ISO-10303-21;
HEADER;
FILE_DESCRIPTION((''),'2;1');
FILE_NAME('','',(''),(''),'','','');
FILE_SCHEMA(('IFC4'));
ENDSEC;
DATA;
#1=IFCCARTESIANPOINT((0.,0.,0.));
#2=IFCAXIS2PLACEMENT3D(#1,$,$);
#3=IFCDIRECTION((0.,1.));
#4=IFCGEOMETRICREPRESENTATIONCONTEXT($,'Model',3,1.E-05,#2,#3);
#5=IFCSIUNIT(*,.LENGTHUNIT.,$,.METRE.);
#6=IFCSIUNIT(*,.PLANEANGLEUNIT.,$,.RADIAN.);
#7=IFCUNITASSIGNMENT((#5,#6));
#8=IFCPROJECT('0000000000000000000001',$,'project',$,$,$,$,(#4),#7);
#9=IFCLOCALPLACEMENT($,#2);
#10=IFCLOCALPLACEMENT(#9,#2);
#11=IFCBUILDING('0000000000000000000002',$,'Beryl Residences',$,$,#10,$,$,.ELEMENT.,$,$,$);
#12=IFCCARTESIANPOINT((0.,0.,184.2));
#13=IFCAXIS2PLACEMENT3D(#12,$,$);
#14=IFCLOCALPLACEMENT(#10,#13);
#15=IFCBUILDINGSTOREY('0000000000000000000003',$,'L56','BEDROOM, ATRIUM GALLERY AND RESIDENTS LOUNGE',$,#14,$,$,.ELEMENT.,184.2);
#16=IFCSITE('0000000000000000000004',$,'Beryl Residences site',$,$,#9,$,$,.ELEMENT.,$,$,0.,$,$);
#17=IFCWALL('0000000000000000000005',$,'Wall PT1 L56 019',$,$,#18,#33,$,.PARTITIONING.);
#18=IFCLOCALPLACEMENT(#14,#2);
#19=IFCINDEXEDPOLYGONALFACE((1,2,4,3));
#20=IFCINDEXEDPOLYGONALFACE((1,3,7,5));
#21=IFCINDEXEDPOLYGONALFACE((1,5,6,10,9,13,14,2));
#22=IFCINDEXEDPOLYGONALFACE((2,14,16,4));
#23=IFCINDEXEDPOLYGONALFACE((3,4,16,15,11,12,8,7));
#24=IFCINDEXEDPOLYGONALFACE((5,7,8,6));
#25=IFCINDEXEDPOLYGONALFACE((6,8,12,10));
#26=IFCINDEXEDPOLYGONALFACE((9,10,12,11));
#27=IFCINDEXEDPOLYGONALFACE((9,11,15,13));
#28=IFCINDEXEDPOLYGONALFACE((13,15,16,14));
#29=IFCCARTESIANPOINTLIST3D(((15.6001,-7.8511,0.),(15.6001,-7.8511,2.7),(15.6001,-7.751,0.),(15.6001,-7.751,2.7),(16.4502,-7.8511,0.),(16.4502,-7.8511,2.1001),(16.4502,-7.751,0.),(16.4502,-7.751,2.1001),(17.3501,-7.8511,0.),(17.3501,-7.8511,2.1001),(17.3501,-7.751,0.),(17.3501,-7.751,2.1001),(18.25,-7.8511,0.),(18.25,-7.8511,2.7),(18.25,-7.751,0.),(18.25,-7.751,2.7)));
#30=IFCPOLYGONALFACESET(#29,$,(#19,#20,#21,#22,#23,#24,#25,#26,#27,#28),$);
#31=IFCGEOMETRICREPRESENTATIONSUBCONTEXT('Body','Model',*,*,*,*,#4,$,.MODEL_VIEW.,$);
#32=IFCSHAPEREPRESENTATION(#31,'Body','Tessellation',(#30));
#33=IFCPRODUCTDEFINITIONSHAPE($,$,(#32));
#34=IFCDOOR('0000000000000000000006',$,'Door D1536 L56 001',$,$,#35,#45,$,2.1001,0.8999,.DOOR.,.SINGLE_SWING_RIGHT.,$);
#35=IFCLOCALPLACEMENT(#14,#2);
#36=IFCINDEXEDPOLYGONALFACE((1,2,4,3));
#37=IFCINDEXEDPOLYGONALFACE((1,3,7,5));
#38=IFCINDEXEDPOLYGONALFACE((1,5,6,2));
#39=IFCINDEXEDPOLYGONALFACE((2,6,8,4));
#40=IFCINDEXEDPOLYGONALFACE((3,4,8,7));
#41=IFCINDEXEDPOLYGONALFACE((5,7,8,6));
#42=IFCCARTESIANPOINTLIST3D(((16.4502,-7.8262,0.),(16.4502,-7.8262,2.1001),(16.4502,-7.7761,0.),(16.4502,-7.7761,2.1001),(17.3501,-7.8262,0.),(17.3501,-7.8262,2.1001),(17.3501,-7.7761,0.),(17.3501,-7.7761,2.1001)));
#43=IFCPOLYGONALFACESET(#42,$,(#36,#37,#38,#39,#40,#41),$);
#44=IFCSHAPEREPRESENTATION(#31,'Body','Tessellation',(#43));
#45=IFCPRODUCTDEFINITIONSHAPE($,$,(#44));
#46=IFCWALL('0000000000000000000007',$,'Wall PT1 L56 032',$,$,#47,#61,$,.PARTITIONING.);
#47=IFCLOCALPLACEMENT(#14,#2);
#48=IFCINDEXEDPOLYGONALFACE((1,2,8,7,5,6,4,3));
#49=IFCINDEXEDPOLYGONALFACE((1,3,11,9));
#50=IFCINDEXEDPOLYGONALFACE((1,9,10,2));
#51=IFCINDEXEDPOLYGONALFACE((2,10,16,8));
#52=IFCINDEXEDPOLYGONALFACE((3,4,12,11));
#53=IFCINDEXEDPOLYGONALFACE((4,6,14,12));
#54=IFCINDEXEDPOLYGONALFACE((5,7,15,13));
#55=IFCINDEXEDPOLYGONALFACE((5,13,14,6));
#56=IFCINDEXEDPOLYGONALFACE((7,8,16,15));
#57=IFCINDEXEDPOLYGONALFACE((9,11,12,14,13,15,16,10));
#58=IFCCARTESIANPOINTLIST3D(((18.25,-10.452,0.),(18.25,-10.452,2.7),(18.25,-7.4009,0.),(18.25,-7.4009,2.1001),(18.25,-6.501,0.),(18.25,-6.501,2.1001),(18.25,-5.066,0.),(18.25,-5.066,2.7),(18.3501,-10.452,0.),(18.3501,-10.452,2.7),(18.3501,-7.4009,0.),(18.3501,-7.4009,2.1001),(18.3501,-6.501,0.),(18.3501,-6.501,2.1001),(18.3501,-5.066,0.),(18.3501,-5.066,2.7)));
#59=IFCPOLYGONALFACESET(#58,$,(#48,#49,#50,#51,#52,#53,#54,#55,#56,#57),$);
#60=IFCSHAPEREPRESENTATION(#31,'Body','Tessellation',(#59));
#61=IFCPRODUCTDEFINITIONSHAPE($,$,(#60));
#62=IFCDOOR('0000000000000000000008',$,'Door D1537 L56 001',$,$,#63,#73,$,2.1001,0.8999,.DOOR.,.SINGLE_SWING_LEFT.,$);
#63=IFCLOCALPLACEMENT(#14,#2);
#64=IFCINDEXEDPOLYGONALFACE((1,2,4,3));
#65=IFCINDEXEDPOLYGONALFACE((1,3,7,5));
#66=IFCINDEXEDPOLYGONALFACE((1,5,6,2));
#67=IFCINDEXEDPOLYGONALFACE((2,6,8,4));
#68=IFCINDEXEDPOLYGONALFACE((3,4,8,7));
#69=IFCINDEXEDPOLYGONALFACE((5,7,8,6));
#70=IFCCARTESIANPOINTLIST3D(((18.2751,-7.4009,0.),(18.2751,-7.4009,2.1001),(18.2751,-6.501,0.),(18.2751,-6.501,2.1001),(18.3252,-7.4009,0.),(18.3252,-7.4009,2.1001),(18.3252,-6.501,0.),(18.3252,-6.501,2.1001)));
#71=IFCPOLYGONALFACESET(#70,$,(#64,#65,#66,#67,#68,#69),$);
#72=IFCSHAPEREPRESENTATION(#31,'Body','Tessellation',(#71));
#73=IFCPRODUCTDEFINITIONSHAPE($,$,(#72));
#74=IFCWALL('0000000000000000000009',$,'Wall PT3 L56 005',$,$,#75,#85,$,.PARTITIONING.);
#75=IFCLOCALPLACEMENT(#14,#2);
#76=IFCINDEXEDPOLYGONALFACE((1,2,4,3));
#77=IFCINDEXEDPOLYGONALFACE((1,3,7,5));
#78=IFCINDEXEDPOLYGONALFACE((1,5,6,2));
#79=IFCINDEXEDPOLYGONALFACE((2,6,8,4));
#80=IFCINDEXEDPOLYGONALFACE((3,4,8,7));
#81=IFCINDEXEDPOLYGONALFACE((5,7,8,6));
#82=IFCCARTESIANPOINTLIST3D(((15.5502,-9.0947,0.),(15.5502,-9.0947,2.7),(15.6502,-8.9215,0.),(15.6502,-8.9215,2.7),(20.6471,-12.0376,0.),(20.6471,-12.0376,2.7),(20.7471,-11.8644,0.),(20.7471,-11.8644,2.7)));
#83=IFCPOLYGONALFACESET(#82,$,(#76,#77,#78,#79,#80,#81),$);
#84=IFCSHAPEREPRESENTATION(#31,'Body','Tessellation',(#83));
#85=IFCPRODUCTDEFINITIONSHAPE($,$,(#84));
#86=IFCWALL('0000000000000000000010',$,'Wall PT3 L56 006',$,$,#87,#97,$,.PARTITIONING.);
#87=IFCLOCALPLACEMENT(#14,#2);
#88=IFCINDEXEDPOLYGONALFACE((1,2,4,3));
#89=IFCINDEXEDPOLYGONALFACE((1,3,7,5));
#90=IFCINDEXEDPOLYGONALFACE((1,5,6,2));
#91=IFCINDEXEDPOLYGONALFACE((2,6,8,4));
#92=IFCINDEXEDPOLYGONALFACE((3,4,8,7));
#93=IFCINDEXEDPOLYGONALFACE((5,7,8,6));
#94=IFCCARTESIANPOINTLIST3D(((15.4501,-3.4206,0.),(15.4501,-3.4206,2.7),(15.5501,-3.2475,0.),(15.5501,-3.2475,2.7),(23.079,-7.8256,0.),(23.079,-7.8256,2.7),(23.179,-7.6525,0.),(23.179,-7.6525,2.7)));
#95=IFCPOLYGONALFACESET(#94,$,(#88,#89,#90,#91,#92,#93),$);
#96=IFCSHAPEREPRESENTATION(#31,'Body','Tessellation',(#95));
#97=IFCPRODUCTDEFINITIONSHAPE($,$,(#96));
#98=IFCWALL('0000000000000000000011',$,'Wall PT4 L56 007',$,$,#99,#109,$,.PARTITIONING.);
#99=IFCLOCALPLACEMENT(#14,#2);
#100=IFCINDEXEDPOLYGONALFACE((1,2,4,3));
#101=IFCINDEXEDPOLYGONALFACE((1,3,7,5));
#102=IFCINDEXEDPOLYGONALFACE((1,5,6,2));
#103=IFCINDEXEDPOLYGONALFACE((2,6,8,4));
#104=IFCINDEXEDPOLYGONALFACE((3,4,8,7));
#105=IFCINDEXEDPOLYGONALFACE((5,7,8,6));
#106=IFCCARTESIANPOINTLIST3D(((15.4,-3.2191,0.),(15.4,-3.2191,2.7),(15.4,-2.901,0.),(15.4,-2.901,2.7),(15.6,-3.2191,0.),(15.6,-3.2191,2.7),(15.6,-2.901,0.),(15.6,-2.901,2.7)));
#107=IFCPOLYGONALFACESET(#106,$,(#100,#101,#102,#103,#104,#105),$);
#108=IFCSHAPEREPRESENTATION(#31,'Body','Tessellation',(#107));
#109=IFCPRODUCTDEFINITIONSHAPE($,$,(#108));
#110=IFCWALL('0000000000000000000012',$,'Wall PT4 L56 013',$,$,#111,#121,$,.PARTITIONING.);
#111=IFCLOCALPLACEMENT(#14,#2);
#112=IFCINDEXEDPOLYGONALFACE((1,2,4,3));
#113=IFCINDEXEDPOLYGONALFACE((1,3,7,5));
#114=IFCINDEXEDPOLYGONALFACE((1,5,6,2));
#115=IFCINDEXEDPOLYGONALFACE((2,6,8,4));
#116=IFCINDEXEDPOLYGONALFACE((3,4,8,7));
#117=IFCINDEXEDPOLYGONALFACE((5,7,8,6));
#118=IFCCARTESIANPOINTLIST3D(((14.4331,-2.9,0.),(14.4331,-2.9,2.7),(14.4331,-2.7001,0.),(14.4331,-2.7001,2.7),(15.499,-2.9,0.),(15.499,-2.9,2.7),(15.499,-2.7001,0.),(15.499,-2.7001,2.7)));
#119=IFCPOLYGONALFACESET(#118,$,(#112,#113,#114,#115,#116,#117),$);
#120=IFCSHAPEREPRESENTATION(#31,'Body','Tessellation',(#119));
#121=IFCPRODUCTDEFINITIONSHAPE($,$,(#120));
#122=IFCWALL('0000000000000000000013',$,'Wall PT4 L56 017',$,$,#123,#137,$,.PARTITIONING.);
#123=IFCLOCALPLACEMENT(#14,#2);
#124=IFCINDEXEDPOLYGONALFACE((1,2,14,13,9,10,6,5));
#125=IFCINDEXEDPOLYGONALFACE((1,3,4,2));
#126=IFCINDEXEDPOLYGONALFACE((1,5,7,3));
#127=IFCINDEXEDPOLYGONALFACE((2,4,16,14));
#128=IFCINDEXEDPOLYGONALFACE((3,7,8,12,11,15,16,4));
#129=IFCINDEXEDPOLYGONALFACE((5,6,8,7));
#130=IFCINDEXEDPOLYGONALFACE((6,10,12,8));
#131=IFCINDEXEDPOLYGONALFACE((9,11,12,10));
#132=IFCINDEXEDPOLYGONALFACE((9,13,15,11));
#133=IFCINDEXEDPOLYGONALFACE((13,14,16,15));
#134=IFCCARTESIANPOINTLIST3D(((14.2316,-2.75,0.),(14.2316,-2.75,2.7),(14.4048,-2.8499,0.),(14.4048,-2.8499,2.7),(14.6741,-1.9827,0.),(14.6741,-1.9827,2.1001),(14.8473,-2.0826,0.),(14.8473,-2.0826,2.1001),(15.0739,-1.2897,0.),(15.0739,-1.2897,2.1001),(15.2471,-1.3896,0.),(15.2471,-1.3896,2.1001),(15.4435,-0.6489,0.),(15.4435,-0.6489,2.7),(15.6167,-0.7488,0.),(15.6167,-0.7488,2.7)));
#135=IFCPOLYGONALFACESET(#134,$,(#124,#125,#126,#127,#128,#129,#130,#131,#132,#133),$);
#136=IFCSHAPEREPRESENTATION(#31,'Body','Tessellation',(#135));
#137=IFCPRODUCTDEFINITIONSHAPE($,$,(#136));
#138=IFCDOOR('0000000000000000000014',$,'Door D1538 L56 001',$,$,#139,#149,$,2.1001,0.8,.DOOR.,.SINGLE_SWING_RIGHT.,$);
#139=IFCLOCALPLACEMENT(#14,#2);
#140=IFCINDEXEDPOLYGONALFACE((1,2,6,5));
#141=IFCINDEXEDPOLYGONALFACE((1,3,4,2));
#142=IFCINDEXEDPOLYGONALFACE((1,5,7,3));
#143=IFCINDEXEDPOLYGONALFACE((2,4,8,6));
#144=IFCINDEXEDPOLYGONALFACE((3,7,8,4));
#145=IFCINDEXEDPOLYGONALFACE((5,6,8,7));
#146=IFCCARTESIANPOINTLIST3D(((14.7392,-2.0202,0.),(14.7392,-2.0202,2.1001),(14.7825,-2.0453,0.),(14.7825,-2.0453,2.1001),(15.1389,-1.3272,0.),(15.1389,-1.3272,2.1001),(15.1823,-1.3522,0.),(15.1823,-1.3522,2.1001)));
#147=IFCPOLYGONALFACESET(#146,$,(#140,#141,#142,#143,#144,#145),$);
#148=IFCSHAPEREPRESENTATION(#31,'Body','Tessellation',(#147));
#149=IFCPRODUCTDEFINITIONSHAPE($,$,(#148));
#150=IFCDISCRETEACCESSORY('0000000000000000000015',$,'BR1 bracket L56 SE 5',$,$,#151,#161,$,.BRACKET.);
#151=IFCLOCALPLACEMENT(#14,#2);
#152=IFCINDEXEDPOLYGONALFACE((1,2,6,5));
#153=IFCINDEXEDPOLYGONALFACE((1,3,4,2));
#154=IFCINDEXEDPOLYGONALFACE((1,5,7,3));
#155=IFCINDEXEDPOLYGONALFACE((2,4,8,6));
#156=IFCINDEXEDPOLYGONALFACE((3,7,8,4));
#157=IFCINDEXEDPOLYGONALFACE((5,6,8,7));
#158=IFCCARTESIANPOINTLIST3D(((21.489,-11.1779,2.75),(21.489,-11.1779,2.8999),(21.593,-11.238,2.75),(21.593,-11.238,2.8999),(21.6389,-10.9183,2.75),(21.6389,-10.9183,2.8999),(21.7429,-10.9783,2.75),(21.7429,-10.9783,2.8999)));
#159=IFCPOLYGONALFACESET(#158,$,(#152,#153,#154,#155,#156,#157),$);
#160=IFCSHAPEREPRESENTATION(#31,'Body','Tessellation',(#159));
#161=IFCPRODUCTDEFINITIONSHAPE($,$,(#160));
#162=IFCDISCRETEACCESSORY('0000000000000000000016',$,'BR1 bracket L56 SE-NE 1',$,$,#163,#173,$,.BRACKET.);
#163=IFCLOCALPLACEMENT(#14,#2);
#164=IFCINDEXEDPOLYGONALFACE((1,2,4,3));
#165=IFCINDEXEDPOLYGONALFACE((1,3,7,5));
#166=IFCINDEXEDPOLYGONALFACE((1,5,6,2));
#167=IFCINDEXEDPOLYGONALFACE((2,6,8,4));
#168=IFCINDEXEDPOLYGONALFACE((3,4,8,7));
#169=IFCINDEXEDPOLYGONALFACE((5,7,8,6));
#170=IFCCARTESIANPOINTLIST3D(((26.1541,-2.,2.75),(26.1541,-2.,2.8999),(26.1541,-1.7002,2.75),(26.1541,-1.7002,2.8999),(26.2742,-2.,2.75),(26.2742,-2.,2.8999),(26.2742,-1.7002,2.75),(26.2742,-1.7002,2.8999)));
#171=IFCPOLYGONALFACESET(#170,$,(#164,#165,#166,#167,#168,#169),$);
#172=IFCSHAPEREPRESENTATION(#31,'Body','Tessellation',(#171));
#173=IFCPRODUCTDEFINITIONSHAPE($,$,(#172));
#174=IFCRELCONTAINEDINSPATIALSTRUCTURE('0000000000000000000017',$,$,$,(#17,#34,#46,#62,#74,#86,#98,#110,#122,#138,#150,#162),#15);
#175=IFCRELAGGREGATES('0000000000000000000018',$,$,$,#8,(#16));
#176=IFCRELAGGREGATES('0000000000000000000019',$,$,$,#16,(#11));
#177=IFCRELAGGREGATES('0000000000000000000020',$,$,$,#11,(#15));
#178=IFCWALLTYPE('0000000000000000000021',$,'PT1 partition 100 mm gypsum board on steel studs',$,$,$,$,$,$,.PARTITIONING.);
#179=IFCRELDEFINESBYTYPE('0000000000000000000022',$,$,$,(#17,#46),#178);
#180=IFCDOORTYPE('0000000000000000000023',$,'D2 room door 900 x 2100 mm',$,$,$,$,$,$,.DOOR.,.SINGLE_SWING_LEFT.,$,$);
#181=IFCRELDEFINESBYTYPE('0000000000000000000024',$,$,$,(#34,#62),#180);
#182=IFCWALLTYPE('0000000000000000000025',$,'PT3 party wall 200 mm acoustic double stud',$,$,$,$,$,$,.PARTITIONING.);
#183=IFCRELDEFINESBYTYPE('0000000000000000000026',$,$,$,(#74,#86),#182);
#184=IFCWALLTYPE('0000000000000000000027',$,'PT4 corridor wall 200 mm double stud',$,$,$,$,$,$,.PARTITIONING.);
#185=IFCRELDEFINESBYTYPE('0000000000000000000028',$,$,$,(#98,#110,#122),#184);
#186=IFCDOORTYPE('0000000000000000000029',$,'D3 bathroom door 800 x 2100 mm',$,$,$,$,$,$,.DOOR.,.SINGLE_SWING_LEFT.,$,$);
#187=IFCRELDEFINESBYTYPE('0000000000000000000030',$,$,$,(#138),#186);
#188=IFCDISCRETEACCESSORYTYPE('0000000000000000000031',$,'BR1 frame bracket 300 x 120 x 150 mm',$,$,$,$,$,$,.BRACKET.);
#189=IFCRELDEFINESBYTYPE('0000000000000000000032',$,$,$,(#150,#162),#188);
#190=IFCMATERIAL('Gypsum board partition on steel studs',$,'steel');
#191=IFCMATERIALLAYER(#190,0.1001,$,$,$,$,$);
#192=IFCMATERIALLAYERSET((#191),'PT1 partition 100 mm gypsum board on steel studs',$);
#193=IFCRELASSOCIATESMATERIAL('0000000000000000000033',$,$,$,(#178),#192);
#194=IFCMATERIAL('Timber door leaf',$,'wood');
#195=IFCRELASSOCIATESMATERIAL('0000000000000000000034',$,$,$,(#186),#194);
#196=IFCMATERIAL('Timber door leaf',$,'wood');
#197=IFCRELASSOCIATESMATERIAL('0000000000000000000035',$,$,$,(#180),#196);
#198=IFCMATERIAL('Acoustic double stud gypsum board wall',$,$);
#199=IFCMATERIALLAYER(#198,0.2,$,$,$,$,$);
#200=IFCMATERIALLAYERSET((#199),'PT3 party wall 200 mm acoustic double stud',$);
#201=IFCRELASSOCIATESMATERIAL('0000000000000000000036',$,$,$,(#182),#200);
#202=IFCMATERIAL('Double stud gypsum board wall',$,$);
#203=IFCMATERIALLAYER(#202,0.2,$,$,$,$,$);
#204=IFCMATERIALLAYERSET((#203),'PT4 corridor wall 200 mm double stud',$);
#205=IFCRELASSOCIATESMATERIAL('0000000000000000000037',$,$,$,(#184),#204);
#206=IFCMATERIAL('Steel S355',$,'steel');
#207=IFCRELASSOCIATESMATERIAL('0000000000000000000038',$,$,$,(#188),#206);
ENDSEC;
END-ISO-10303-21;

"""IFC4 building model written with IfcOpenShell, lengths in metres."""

from ifc_helpers import new_model, si_unit, direction, frame, frame_2d, origin, place, context, subcontext, project, spatial, polyline, rectangle, outline, extrude, source, transform, mapped, material, layer, layer_set, type_object, type_shapes, element, fill, save


model = new_model("IFC4")

# Units and contexts
model_context = context("Model", 3, precision=1e-05, world=origin(), true_north=direction((0.0, 1.0)))
body_context = subcontext(model_context, "Body", "Model", "MODEL_VIEW")
ifc_project = project(units=[si_unit("LENGTHUNIT", "METRE"), si_unit("PLANEANGLEUNIT", "RADIAN")], contexts=[model_context])

# Site, building, storey
site_placement = place(None, origin())
site = spatial("IfcSite", under=ifc_project, at=site_placement, Name="Beryl Residences site", CompositionType="ELEMENT", RefElevation=0.0)
building_placement = place(site_placement, origin())
building = spatial("IfcBuilding", under=site, at=building_placement, Name="Beryl Residences", CompositionType="ELEMENT")
storey_placement = place(building_placement, frame((0.0, 0.0, 184.2)))
storey = spatial("IfcBuildingStorey", under=building, at=storey_placement, Name="L56", Description="BEDROOM, ATRIUM GALLERY AND RESIDENTS LOUNGE", CompositionType="ELEMENT", Elevation=184.2)

# Walls, openings, doors
ifc_material_1 = material(Name="Gypsum board partition on steel studs", Category="steel")
ifc_layer_1 = layer(ifc_material_1, 0.1001)
ifc_layer_set_1 = layer_set([ifc_layer_1], Name="PT1 partition 100 mm gypsum board on steel studs")
wall_type_1 = type_object("IfcWallType", Name="PT1 partition 100 mm gypsum board on steel studs", PredefinedType="PARTITIONING", material=ifc_layer_set_1)
ifc_material_2 = material(Name="Timber door leaf", Category="wood")
door_type_1 = type_object("IfcDoorType", Name="D3 bathroom door 800 x 2100 mm", OperationType="SINGLE_SWING_LEFT", PredefinedType="DOOR", material=ifc_material_2)
wall_1_placement = place(storey_placement, frame((15.6001, -7.801, 0.0), z_axis=(0.0, 0.0, 1.0), x_axis=(1.0, 0.0, 0.0)))
wall_1 = element("IfcWall", 1, at=wall_1_placement, inside=storey, type_object=wall_type_1, Name="Wall PT1 L56 019", PredefinedType="PARTITIONING", context=body_context, shape_type="SweptSolid", body=[
    extrude(rectangle(XDim=2.6499, YDim=0.1001, at=frame_2d((1.325, 0.0))), origin(), (0.0, 0.0, 1.0), 2.7),
])
opening_1_placement = place(wall_1_placement, frame((0.8501, 0.0, 0.0)))
opening_1 = element("IfcOpeningElement", 2, at=opening_1_placement, cuts=wall_1, PredefinedType="OPENING", context=body_context, shape_type="SweptSolid", body=[
    extrude(rectangle(XDim=0.8999, YDim=2.1001, at=frame_2d((0.45, 1.05))), frame((0.0, 0.0601, 0.0), z_axis=(0.0, -1.0, 0.0), x_axis=(1.0, 0.0, 0.0)), (0.0, 0.0, 1.0), 0.1201),
])
ifc_material_3 = material(Name="Timber door leaf", Category="wood")
door_type_2 = type_object("IfcDoorType", Name="D2 room door 900 x 2100 mm", OperationType="SINGLE_SWING_LEFT", PredefinedType="DOOR", material=ifc_material_3)
door_1_placement = place(opening_1_placement, origin())
door_1 = element("IfcDoor", 3, at=door_1_placement, inside=storey, type_object=door_type_2, Name="Door D1536 L56 001", OperationType="SINGLE_SWING_RIGHT", OverallHeight=2.1001, OverallWidth=0.8999, PredefinedType="DOOR", context=body_context, shape_type="SweptSolid", body=[
    extrude(rectangle(XDim=0.8999, YDim=2.1001, at=frame_2d((0.45, 1.05))), frame((0.0, 0.0249, 0.0), z_axis=(0.0, -1.0, 0.0), x_axis=(1.0, 0.0, 0.0)), (0.0, 0.0, 1.0), 0.05),
])
fill(opening_1, door_1)
wall_2_placement = place(storey_placement, frame((18.3, -10.4519, 0.0), z_axis=(0.0, 0.0, 1.0), x_axis=(0.0, 1.0, 0.0)))
wall_2 = element("IfcWall", 4, at=wall_2_placement, inside=storey, type_object=wall_type_1, Name="Wall PT1 L56 032", PredefinedType="PARTITIONING", context=body_context, shape_type="SweptSolid", body=[
    extrude(rectangle(XDim=5.386, YDim=0.1001, at=frame_2d((2.6929, 0.0))), origin(), (0.0, 0.0, 1.0), 2.7),
])
opening_2_placement = place(wall_2_placement, frame((3.051, 0.0, 0.0)))
opening_2 = element("IfcOpeningElement", 5, at=opening_2_placement, cuts=wall_2, PredefinedType="OPENING", context=body_context, shape_type="SweptSolid", body=[
    extrude(rectangle(XDim=0.8999, YDim=2.1001, at=frame_2d((0.45, 1.05))), frame((0.0, 0.0601, 0.0), z_axis=(0.0, -1.0, 0.0), x_axis=(1.0, 0.0, 0.0)), (0.0, 0.0, 1.0), 0.1201),
])
door_2_placement = place(opening_2_placement, origin())
door_2 = element("IfcDoor", 6, at=door_2_placement, inside=storey, type_object=door_type_2, Name="Door D1537 L56 001", OperationType="SINGLE_SWING_LEFT", OverallHeight=2.1001, OverallWidth=0.8999, PredefinedType="DOOR", context=body_context, shape_type="SweptSolid", body=[
    extrude(rectangle(XDim=0.8999, YDim=2.1001, at=frame_2d((0.45, 1.05))), frame((0.0, 0.0249, 0.0), z_axis=(0.0, -1.0, 0.0), x_axis=(1.0, 0.0, 0.0)), (0.0, 0.0, 1.0), 0.05),
])
fill(opening_2, door_2)

# Walls
ifc_material_4 = material(Name="Acoustic double stud gypsum board wall")
ifc_layer_2 = layer(ifc_material_4, 0.2)
ifc_layer_set_2 = layer_set([ifc_layer_2], Name="PT3 party wall 200 mm acoustic double stud")
wall_type_2 = type_object("IfcWallType", Name="PT3 party wall 200 mm acoustic double stud", PredefinedType="PARTITIONING", material=ifc_layer_set_2)
wall_3_placement = place(storey_placement, frame((15.6001, -9.0081, 0.0), z_axis=(0.0, 0.0, 1.0), x_axis=(0.866014, -0.50002, 0.0)))
element("IfcWall", 7, at=wall_3_placement, inside=storey, type_object=wall_type_2, Name="Wall PT3 L56 005", PredefinedType="PARTITIONING", context=body_context, shape_type="SweptSolid", body=[
    extrude(rectangle(XDim=5.8855, YDim=0.2, at=frame_2d((2.9429, 0.0))), origin(), (0.0, 0.0, 1.0), 2.7),
])
wall_4_placement = place(storey_placement, frame((15.5, -3.334, 0.0), z_axis=(0.0, 0.0, 1.0), x_axis=(0.866002, -0.500041, 0.0)))
element("IfcWall", 8, at=wall_4_placement, inside=storey, type_object=wall_type_2, Name="Wall PT3 L56 006", PredefinedType="PARTITIONING", context=body_context, shape_type="SweptSolid", body=[
    extrude(rectangle(XDim=8.8093, YDim=0.2, at=frame_2d((4.4048, 0.0))), origin(), (0.0, 0.0, 1.0), 2.7),
])
ifc_material_5 = material(Name="Double stud gypsum board wall")
ifc_layer_3 = layer(ifc_material_5, 0.2)
ifc_layer_set_3 = layer_set([ifc_layer_3], Name="PT4 corridor wall 200 mm double stud")
wall_type_3 = type_object("IfcWallType", Name="PT4 corridor wall 200 mm double stud", PredefinedType="PARTITIONING", material=ifc_layer_set_3)
wall_5_placement = place(storey_placement, frame((15.5, -2.9009, 0.0), z_axis=(0.0, 0.0, 1.0), x_axis=(0.0, -1.0, 0.0)))
element("IfcWall", 9, at=wall_5_placement, inside=storey, type_object=wall_type_3, Name="Wall PT4 L56 007", PredefinedType="PARTITIONING", context=body_context, shape_type="SweptSolid", body=[
    extrude(rectangle(XDim=0.3181, YDim=0.2, at=frame_2d((0.1592, 0.0))), origin(), (0.0, 0.0, 1.0), 2.7),
])
wall_6_placement = place(storey_placement, frame((14.4331, -2.8, 0.0), z_axis=(0.0, 0.0, 1.0), x_axis=(1.0, 0.0, 0.0)))
element("IfcWall", 10, at=wall_6_placement, inside=storey, type_object=wall_type_3, Name="Wall PT4 L56 013", PredefinedType="PARTITIONING", context=body_context, shape_type="SweptSolid", body=[
    extrude(rectangle(XDim=1.0659, YDim=0.2, at=frame_2d((0.533, 0.0))), origin(), (0.0, 0.0, 1.0), 2.7),
])

# Wall, opening, door
wall_7_placement = place(storey_placement, frame((14.3181, -2.8, 0.0), z_axis=(0.0, 0.0, 1.0), x_axis=(0.499647, 0.866229, 0.0)))
wall_7 = element("IfcWall", 11, at=wall_7_placement, inside=storey, type_object=wall_type_3, Name="Wall PT4 L56 017", PredefinedType="PARTITIONING", context=body_context, shape_type="SweptSolid", body=[
    extrude(rectangle(XDim=2.4255, YDim=0.2, at=frame_2d((1.2129, 0.0))), origin(), (0.0, 0.0, 1.0), 2.7),
])
opening_3_placement = place(wall_7_placement, frame((0.886, 0.0, 0.0)))
opening_3 = element("IfcOpeningElement", 12, at=opening_3_placement, cuts=wall_7, PredefinedType="OPENING", context=body_context, shape_type="SweptSolid", body=[
    extrude(rectangle(XDim=0.8, YDim=2.1001, at=frame_2d((0.3999, 1.05))), frame((0.0, 0.1099, 0.0), z_axis=(0.0, -1.0, 0.0), x_axis=(1.0, 0.0, 0.0)), (0.0, 0.0, 1.0), 0.22),
])
door_3_placement = place(opening_3_placement, origin())
door_3 = element("IfcDoor", 13, at=door_3_placement, inside=storey, type_object=door_type_1, Name="Door D1538 L56 001", OperationType="SINGLE_SWING_RIGHT", OverallHeight=2.1001, OverallWidth=0.8, PredefinedType="DOOR", context=body_context, shape_type="SweptSolid", body=[
    extrude(rectangle(XDim=0.8, YDim=2.1001, at=frame_2d((0.3999, 1.05))), frame((0.0, 0.0249, 0.0), z_axis=(0.0, -1.0, 0.0), x_axis=(1.0, 0.0, 0.0)), (0.0, 0.0, 1.0), 0.05),
])
fill(opening_3, door_3)

# Discrete accessories
ifc_material_6 = material(Name="Steel S355", Category="steel")
discrete_accessory_type = type_object("IfcDiscreteAccessoryType", Name="BR1 frame bracket 300 x 120 x 150 mm", PredefinedType="BRACKET", material=ifc_material_6)
shared_shape_1 = source(origin(), body_context, "Body", "SweptSolid", [
    extrude(outline(polyline([(-0.1499, 0.0), (0.1499, 0.0), (0.1499, 0.1201), (-0.1499, 0.1201), (-0.1499, 0.0)])), origin(), (0.0, 0.0, 1.0), 0.1499),
])
type_shapes(discrete_accessory_type, [shared_shape_1])
for number, where, z_axis, x_axis, name in (
    (14, (21.564, -11.0481, 2.75), (0.0, 0.0, 1.0), (-0.5, -0.866025, 0.0), "BR1 bracket L56 SE 5"),
    (15, (26.1541, -1.8501, 2.75), (0.0, 0.0, 1.0), (0.0, -1.0, 0.0), "BR1 bracket L56 SE-NE 1"),
):
    element("IfcDiscreteAccessory", number, at=place(storey_placement, frame(where, z_axis=z_axis, x_axis=x_axis)), inside=storey, type_object=discrete_accessory_type, Name=name, PredefinedType="BRACKET", context=body_context, shape_type="MappedRepresentation", body=[
        mapped(shared_shape_1, transform((0.0, 0.0, 0.0))),
    ])

save(model, "model.ifc")
